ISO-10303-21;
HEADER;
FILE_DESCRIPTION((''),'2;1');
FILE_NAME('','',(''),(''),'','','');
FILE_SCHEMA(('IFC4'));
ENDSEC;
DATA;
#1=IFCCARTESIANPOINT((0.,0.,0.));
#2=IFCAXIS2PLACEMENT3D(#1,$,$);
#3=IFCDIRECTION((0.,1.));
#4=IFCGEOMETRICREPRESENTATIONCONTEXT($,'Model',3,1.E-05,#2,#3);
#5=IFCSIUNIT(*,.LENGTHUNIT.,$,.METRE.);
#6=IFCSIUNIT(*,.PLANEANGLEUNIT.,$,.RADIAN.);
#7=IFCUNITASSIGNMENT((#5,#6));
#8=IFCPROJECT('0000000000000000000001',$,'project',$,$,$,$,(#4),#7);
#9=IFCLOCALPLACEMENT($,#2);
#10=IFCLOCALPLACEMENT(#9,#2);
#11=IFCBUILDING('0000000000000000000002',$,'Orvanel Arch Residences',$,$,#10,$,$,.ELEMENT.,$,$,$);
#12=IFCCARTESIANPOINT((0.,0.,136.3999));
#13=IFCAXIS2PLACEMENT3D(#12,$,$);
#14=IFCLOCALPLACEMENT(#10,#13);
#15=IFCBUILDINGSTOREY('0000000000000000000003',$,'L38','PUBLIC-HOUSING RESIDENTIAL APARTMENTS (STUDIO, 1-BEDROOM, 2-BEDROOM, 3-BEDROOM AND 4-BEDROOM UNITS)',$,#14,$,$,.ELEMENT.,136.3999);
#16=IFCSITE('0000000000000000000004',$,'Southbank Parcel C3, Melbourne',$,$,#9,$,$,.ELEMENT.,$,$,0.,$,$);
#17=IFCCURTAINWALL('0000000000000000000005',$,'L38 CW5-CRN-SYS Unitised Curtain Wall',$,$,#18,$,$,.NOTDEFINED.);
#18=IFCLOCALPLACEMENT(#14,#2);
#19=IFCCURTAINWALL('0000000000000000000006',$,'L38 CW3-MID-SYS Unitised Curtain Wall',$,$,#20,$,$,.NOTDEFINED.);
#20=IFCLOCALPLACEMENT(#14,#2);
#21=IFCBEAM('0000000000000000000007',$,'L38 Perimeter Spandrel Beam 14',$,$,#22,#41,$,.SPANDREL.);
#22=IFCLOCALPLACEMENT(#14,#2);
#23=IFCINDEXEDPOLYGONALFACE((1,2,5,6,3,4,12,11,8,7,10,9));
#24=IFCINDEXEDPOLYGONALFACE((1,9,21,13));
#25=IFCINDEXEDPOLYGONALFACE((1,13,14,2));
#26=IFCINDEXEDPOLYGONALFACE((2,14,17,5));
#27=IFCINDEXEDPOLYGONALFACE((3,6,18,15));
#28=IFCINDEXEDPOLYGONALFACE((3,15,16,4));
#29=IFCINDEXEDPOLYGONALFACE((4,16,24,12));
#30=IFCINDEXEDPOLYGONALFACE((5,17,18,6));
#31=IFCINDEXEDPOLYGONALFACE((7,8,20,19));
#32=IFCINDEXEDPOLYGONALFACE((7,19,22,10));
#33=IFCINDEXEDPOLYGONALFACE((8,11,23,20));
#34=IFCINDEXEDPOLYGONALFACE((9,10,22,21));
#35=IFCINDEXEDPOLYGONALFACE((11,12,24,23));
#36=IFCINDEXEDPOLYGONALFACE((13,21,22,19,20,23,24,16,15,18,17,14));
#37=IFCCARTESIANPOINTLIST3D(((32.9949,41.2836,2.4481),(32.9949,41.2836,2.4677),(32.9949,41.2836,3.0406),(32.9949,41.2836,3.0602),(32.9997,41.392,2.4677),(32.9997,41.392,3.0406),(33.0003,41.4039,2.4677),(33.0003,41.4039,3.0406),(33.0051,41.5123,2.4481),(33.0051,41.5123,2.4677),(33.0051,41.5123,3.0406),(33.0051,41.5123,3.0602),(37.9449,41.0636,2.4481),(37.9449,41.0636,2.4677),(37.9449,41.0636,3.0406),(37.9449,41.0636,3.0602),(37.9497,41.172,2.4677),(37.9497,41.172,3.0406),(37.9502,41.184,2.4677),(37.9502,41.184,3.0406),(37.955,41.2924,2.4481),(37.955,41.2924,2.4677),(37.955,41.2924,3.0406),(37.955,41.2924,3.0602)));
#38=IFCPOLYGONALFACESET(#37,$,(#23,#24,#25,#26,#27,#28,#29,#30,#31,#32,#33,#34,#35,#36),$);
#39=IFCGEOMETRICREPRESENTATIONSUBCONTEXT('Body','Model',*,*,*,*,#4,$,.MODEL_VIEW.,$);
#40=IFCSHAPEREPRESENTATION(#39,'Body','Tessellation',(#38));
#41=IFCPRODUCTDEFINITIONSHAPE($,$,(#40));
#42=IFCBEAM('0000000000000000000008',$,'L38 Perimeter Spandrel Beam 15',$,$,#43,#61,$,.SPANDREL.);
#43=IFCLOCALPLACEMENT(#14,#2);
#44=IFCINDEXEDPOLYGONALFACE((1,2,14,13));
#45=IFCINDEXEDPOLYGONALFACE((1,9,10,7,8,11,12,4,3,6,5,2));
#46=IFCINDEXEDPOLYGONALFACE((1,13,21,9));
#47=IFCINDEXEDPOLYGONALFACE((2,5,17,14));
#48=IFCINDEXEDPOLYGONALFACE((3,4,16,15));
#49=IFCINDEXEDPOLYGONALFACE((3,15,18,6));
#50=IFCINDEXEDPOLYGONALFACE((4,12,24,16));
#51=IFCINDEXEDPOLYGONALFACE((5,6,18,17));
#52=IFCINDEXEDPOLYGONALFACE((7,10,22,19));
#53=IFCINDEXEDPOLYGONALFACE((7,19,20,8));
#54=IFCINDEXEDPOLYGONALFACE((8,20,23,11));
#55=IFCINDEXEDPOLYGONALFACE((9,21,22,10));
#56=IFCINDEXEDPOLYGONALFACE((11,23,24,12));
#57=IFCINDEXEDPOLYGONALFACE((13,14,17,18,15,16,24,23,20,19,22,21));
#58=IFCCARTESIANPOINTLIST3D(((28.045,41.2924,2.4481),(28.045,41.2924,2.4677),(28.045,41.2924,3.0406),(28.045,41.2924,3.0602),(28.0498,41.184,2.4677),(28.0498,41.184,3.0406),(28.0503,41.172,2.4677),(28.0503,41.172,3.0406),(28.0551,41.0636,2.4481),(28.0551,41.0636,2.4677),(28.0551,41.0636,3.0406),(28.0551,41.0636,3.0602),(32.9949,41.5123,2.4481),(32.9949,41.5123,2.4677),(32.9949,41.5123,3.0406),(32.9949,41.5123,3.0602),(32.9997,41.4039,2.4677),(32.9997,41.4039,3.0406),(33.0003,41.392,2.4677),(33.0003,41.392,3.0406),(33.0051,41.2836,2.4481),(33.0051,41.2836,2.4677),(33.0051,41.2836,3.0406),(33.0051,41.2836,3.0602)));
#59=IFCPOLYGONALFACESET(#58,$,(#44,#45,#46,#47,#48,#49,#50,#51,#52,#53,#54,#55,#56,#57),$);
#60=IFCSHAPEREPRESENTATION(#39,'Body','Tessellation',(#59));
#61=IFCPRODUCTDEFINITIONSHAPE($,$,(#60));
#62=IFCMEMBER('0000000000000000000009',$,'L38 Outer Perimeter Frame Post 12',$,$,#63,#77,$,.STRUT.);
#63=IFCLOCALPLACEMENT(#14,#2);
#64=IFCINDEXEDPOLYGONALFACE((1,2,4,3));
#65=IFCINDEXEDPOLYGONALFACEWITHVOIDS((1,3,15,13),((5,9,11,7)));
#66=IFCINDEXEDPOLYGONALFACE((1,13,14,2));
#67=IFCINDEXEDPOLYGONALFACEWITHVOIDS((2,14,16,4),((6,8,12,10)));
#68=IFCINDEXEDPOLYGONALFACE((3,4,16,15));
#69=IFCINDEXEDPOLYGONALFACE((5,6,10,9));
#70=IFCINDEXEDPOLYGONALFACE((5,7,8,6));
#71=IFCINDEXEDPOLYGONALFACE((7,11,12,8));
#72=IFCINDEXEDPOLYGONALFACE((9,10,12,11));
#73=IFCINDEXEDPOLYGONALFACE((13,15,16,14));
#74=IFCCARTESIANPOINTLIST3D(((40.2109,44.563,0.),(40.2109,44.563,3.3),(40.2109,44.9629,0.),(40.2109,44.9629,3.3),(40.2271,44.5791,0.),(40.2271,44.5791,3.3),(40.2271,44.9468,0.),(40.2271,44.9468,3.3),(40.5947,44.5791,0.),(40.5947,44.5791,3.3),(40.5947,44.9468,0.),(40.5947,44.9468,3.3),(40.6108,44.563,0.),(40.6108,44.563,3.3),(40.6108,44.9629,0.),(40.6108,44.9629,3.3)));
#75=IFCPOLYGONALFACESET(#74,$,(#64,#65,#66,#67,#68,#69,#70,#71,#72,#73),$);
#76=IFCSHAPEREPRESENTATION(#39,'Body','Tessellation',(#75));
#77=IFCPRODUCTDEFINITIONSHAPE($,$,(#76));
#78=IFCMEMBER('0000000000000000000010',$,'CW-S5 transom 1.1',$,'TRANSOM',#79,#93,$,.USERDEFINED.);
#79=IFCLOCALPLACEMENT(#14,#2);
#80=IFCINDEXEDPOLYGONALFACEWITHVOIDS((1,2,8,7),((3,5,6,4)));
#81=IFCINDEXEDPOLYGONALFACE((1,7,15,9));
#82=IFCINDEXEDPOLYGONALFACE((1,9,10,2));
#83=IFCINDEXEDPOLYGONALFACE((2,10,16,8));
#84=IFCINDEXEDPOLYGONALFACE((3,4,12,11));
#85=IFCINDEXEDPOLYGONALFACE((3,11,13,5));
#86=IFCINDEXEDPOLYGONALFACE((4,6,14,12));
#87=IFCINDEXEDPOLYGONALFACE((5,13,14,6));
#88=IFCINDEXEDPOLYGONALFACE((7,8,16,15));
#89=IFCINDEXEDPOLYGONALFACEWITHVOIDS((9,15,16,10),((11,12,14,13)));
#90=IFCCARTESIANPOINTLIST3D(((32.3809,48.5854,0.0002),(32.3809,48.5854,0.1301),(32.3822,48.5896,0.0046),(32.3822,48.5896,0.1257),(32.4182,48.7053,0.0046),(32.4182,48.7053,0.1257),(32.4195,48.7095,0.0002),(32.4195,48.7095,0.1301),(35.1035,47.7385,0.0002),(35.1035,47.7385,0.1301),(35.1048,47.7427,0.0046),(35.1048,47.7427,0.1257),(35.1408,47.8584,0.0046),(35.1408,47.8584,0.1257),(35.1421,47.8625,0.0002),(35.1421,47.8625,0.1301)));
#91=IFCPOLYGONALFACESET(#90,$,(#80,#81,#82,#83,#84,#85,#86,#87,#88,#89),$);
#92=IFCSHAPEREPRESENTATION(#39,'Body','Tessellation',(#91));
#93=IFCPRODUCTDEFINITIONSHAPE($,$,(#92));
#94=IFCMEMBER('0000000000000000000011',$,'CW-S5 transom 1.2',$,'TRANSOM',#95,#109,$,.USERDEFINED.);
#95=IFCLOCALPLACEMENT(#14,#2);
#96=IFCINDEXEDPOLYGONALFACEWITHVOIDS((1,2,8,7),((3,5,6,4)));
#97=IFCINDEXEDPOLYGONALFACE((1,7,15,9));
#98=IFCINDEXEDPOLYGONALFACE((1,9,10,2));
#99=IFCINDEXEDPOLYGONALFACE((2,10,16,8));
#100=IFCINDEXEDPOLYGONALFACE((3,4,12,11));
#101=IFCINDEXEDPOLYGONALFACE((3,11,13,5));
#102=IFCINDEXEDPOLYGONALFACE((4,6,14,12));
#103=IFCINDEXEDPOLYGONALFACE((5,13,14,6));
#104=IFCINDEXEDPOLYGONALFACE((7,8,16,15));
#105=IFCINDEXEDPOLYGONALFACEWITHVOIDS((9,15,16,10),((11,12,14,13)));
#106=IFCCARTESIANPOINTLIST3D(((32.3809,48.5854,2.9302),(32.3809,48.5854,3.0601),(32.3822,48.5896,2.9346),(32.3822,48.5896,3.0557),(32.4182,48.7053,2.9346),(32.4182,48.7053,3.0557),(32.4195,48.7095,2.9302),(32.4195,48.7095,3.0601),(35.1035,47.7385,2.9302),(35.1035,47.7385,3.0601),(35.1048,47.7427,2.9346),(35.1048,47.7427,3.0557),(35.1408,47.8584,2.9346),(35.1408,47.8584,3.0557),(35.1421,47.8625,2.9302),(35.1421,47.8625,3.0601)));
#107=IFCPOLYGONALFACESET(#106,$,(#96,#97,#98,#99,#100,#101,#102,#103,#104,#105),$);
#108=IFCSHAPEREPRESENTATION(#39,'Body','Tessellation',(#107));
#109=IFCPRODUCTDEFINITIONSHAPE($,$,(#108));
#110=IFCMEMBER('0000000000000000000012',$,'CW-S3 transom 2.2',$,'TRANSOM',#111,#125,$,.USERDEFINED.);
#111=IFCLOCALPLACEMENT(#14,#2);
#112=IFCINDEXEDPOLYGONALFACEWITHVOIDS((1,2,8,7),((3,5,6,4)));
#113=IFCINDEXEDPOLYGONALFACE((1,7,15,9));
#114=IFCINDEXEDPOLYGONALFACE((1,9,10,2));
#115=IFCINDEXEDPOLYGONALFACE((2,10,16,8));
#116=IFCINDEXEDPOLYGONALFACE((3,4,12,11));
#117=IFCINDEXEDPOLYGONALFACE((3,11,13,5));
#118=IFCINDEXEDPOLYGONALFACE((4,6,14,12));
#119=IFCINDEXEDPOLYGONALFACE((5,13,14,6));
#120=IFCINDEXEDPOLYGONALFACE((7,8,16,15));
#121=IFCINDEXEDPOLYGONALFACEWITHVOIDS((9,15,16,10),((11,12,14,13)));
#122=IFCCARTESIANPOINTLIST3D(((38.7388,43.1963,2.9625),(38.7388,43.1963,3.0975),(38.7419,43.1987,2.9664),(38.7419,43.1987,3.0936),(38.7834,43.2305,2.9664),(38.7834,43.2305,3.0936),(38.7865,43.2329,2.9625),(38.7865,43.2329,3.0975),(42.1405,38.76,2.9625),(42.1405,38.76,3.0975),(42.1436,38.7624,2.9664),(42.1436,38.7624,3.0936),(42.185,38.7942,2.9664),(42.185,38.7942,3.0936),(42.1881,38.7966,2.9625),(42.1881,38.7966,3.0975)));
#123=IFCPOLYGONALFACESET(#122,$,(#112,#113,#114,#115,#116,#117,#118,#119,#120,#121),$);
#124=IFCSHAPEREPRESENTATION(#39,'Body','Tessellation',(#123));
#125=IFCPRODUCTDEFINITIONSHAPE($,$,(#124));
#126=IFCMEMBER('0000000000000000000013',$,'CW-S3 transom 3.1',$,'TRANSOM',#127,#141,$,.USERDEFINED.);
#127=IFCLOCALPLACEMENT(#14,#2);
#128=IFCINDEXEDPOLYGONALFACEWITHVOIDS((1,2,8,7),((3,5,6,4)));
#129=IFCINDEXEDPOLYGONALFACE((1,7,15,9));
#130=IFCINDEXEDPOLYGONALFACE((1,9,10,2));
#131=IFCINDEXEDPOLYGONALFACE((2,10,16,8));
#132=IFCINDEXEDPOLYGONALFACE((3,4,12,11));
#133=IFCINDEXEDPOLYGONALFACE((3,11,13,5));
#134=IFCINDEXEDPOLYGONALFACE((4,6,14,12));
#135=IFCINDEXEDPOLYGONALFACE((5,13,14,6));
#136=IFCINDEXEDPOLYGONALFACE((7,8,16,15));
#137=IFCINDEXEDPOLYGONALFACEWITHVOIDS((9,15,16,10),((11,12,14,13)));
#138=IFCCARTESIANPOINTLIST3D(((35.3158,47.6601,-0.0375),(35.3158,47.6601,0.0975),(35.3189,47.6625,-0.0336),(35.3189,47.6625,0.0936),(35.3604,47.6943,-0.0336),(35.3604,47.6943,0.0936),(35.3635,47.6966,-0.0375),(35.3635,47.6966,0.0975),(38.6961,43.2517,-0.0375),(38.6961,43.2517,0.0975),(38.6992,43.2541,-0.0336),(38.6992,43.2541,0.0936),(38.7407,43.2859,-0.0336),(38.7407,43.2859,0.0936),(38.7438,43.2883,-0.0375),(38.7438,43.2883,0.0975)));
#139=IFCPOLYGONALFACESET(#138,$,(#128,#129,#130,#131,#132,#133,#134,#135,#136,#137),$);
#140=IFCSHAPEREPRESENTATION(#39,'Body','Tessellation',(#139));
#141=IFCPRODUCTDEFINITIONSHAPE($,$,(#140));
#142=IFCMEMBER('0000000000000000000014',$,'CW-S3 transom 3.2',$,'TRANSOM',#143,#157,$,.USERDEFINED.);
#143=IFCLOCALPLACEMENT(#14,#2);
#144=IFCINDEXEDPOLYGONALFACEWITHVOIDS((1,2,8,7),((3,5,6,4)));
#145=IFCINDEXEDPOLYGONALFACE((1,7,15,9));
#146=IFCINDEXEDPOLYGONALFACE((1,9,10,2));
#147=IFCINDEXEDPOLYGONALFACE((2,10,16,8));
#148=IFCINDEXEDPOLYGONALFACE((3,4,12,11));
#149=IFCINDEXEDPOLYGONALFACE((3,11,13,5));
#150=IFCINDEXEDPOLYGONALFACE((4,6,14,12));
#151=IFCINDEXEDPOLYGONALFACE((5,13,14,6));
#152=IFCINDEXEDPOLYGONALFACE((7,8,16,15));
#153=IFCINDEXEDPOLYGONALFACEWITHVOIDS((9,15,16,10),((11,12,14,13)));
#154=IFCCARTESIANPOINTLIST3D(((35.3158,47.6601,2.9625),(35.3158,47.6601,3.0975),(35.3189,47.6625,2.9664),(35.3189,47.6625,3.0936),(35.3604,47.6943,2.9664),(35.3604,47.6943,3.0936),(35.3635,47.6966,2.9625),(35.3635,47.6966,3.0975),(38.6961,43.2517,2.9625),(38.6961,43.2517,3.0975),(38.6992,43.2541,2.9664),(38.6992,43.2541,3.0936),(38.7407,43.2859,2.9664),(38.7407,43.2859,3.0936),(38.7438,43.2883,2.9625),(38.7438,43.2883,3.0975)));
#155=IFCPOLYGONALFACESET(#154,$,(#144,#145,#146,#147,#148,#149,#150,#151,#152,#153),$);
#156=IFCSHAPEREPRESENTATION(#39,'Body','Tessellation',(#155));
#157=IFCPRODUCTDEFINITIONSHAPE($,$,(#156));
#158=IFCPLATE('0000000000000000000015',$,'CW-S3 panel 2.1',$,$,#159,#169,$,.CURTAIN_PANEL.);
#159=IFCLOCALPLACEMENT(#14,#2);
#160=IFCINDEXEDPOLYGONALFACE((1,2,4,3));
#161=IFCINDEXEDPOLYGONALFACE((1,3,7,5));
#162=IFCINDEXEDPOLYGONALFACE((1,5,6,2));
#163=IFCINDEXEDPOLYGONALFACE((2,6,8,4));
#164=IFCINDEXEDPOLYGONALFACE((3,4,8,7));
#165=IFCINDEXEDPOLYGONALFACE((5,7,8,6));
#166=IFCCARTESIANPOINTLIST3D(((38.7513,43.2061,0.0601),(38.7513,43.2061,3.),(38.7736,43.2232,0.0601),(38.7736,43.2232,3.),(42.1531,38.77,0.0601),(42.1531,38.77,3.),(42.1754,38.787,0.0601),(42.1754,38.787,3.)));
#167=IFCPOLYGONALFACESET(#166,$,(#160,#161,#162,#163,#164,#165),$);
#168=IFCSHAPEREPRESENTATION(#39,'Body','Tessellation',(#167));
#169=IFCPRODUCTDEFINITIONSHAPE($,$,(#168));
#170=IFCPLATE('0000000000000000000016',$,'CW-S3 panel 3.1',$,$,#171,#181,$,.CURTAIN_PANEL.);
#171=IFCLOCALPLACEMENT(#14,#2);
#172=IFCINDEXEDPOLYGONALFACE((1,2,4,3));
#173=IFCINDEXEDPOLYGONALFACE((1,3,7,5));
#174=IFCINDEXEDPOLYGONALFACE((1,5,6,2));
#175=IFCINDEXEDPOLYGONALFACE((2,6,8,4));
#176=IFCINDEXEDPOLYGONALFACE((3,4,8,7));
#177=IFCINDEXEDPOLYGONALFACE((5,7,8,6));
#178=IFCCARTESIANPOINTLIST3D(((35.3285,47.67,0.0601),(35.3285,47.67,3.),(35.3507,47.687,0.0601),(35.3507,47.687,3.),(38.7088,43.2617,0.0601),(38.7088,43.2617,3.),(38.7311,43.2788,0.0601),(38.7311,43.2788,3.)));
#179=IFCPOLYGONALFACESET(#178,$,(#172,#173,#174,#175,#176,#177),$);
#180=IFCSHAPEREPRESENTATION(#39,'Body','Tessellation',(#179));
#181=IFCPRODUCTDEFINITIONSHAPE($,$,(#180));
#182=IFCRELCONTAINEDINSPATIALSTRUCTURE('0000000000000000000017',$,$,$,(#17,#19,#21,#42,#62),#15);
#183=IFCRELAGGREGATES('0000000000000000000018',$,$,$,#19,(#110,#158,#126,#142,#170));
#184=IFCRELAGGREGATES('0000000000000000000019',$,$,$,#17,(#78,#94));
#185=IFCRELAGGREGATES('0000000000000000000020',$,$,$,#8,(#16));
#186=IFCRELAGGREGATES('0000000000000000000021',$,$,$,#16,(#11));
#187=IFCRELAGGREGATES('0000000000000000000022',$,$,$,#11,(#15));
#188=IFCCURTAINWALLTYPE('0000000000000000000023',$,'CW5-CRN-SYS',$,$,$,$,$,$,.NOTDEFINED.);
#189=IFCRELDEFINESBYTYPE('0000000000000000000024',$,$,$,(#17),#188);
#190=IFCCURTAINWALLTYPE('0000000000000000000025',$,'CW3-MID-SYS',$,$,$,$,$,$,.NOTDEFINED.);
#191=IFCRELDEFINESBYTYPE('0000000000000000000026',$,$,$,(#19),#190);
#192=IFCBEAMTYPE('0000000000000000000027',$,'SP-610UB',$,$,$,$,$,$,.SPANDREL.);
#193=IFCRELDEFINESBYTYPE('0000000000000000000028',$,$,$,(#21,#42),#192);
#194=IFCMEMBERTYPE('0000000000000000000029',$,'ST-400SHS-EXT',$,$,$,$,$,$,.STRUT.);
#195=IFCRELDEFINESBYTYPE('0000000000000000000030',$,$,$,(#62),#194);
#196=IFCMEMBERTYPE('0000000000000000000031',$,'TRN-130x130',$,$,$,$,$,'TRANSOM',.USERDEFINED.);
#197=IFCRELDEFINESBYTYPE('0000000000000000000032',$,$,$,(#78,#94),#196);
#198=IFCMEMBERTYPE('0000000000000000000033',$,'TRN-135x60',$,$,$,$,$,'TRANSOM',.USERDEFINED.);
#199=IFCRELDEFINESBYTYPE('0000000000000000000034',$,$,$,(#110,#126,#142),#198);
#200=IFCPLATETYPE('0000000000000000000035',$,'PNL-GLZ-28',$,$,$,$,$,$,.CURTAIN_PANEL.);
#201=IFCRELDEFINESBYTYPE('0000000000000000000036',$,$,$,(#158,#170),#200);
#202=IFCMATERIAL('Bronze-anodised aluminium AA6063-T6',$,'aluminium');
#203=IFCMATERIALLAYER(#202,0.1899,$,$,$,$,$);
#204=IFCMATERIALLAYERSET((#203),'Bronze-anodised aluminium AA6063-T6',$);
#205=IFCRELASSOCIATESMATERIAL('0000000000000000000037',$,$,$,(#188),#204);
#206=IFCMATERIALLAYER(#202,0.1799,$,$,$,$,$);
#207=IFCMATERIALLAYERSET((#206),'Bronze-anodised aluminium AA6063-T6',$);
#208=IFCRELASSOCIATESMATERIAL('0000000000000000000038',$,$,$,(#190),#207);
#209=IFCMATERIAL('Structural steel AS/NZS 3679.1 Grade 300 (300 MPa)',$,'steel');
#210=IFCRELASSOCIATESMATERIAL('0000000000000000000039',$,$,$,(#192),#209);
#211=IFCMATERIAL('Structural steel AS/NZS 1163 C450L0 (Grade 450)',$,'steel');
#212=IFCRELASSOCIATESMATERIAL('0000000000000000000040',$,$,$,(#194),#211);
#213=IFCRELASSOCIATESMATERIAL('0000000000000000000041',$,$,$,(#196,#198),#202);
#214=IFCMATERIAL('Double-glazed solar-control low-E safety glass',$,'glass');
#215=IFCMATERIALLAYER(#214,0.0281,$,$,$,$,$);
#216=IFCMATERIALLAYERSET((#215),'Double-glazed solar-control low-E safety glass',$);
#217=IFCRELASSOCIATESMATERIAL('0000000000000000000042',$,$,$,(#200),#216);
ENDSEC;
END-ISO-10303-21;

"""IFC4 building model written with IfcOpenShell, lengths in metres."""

from ifc_helpers import new_model, si_unit, direction, frame, origin, origin_2d, place, context, subcontext, project, spatial, rectangle, hollow_rectangle, i_section, extrude, material, layer, layer_set, material_profile, profile_set, type_object, element, aggregate, save


model = new_model("IFC4")

# Units and contexts
model_context = context("Model", 3, precision=1e-05, world=origin(), true_north=direction((0.0, 1.0)))
body_context = subcontext(model_context, "Body", "Model", "MODEL_VIEW")
ifc_project = project(units=[si_unit("LENGTHUNIT", "METRE"), si_unit("PLANEANGLEUNIT", "RADIAN")], contexts=[model_context])

# Site, building, storey
site_placement = place(None, origin())
site = spatial("IfcSite", under=ifc_project, at=site_placement, Name="Southbank Parcel C3, Melbourne", CompositionType="ELEMENT", RefElevation=0.0)
building_placement = place(site_placement, origin())
building = spatial("IfcBuilding", under=site, at=building_placement, Name="Orvanel Arch Residences", CompositionType="ELEMENT")
storey_placement = place(building_placement, frame((0.0, 0.0, 136.3999)))
storey = spatial("IfcBuildingStorey", under=building, at=storey_placement, Name="L38", Description="PUBLIC-HOUSING RESIDENTIAL APARTMENTS (STUDIO, 1-BEDROOM, 2-BEDROOM, 3-BEDROOM AND 4-BEDROOM UNITS)", CompositionType="ELEMENT", Elevation=136.3999)

# Shared definitions
ifc_material_1 = material(Name="Structural steel AS/NZS 3679.1 Grade 300 (300 MPa)", Category="steel")

# Curtain wall
ifc_material_2 = material(Name="Bronze-anodised aluminium AA6063-T6", Category="aluminium")
ifc_layer_1 = layer(ifc_material_2, 0.1899)
ifc_layer_set_1 = layer_set([ifc_layer_1], Name="Bronze-anodised aluminium AA6063-T6")
curtain_wall_type_1 = type_object("IfcCurtainWallType", Name="CW5-CRN-SYS", PredefinedType="NOTDEFINED", material=ifc_layer_set_1)
curtain_wall_1_placement = place(storey_placement, origin())
curtain_wall_1 = element("IfcCurtainWall", 1, at=curtain_wall_1_placement, inside=storey, type_object=curtain_wall_type_1, Name="L38 CW5-CRN-SYS Unitised Curtain Wall", PredefinedType="NOTDEFINED")

# Curtain wall
ifc_layer_2 = layer(ifc_material_2, 0.1799)
ifc_layer_set_2 = layer_set([ifc_layer_2], Name="Bronze-anodised aluminium AA6063-T6")
curtain_wall_type_2 = type_object("IfcCurtainWallType", Name="CW3-MID-SYS", PredefinedType="NOTDEFINED", material=ifc_layer_set_2)
curtain_wall_2_placement = place(storey_placement, origin())
curtain_wall_2 = element("IfcCurtainWall", 2, at=curtain_wall_2_placement, inside=storey, type_object=curtain_wall_type_2, Name="L38 CW3-MID-SYS Unitised Curtain Wall", PredefinedType="NOTDEFINED")

# Beams
ifc_material_profile_1 = material_profile(ifc_material_1, i_section(OverallWidth=0.229, OverallDepth=0.6121, WebThickness=0.012, FlangeThickness=0.0195, at=origin_2d()), Name="610UB125")
ifc_profile_set_1 = profile_set([ifc_material_profile_1], Name="Structural steel AS/NZS 3679.1 Grade 300 (300 MPa)")
beam_type_1 = type_object("IfcBeamType", Name="SP-610UB", PredefinedType="SPANDREL", material=ifc_profile_set_1)
for number, where, z_axis, x_axis, name in (
    (3, (37.95, 41.178, 2.7542), (-0.999014, 0.044395, 0.0), (-0.044395, -0.999014, 0.0), "L38 Perimeter Spandrel Beam 14"),
    (4, (33.0, 41.3979, 2.7542), (-0.999014, -0.044395, 0.0), (0.044395, -0.999014, 0.0), "L38 Perimeter Spandrel Beam 15"),
):
    element("IfcBeam", number, at=place(storey_placement, frame(where, z_axis=z_axis, x_axis=x_axis)), inside=storey, type_object=beam_type_1, Name=name, PredefinedType="SPANDREL", context=body_context, shape_type="SweptSolid", body=[
        extrude(i_section(OverallWidth=0.229, OverallDepth=0.6121, WebThickness=0.012, FlangeThickness=0.0195, at=origin_2d()), origin(), (0.0, 0.0, 1.0), 4.9548),
    ])

# Members
ifc_material_3 = material(Name="Structural steel AS/NZS 1163 C450L0 (Grade 450)", Category="steel")
ifc_material_profile_2 = material_profile(ifc_material_3, hollow_rectangle(XDim=0.3999, YDim=0.3999, WallThickness=0.0161, at=origin_2d()), Name="SHS400x400x16")
ifc_profile_set_2 = profile_set([ifc_material_profile_2], Name="Structural steel AS/NZS 1163 C450L0 (Grade 450)")
member_type_1 = type_object("IfcMemberType", Name="ST-400SHS-EXT", PredefinedType="STRUT", material=ifc_profile_set_2)
member_1_placement = place(storey_placement, frame((40.4109, 44.7629, 0.0), z_axis=(0.0, 0.0, 1.0), x_axis=(1.0, 0.0, 0.0)))
element("IfcMember", 5, at=member_1_placement, inside=storey, type_object=member_type_1, Name="L38 Outer Perimeter Frame Post 12", PredefinedType="STRUT", context=body_context, shape_type="SweptSolid", body=[
    extrude(hollow_rectangle(XDim=0.3999, YDim=0.3999, WallThickness=0.0161, at=origin_2d()), origin(), (0.0, 0.0, 1.0), 3.3),
])
ifc_material_profile_3 = material_profile(ifc_material_2, hollow_rectangle(XDim=0.1299, YDim=0.1299, WallThickness=0.0044, at=origin_2d()), Name="ALU130x130x4.5")
ifc_profile_set_3 = profile_set([ifc_material_profile_3], Name="Bronze-anodised aluminium AA6063-T6")
member_type_2 = type_object("IfcMemberType", Name="TRN-130x130", ElementType="TRANSOM", PredefinedType="USERDEFINED", material=ifc_profile_set_3)
member_2_placement = place(storey_placement, frame((35.1228, 47.8005, 0.0652), z_axis=(-0.954869, 0.297027, 0.0), x_axis=(-0.297027, -0.954869, 0.0)))
member_2 = element("IfcMember", 6, at=member_2_placement, type_object=member_type_2, Name="CW-S5 transom 1.1", ObjectType="TRANSOM", PredefinedType="USERDEFINED", context=body_context, shape_type="SweptSolid", body=[
    extrude(hollow_rectangle(XDim=0.1299, YDim=0.1299, WallThickness=0.0044, at=origin_2d()), origin(), (0.0, 0.0, 1.0), 2.8513),
])
member_3_placement = place(storey_placement, frame((35.1228, 47.8005, 2.9951), z_axis=(-0.954869, 0.297027, 0.0), x_axis=(-0.297027, -0.954869, 0.0)))
member_3 = element("IfcMember", 7, at=member_3_placement, type_object=member_type_2, Name="CW-S5 transom 1.2", ObjectType="TRANSOM", PredefinedType="USERDEFINED", context=body_context, shape_type="SweptSolid", body=[
    extrude(hollow_rectangle(XDim=0.1299, YDim=0.1299, WallThickness=0.0044, at=origin_2d()), origin(), (0.0, 0.0, 1.0), 2.8513),
])
ifc_material_profile_4 = material_profile(ifc_material_2, hollow_rectangle(XDim=0.0601, YDim=0.135, WallThickness=0.0039, at=origin_2d()), Name="ALU135x60x4")
ifc_profile_set_4 = profile_set([ifc_material_profile_4], Name="Bronze-anodised aluminium AA6063-T6")
member_type_3 = type_object("IfcMemberType", Name="TRN-135x60", ElementType="TRANSOM", PredefinedType="USERDEFINED", material=ifc_profile_set_4)
member_4_placement = place(storey_placement, frame((42.1643, 38.7783, 3.03), z_axis=(-0.608484, 0.793566, 0.0), x_axis=(-0.793566, -0.608484, 0.0)))
member_4 = element("IfcMember", 8, at=member_4_placement, type_object=member_type_3, Name="CW-S3 transom 2.2", ObjectType="TRANSOM", PredefinedType="USERDEFINED", context=body_context, shape_type="SweptSolid", body=[
    extrude(hollow_rectangle(XDim=0.0601, YDim=0.135, WallThickness=0.0039, at=origin_2d()), origin(), (0.0, 0.0, 1.0), 5.5903),
])
member_5_placement = place(storey_placement, frame((38.72, 43.27, 0.03), z_axis=(-0.608495, 0.793558, 0.0), x_axis=(-0.793558, -0.608495, 0.0)))
member_5 = element("IfcMember", 9, at=member_5_placement, type_object=member_type_3, Name="CW-S3 transom 3.1", ObjectType="TRANSOM", PredefinedType="USERDEFINED", context=body_context, shape_type="SweptSolid", body=[
    extrude(hollow_rectangle(XDim=0.0601, YDim=0.135, WallThickness=0.0039, at=origin_2d()), origin(), (0.0, 0.0, 1.0), 5.5552),
])
member_6_placement = place(storey_placement, frame((38.72, 43.27, 3.03), z_axis=(-0.608495, 0.793558, 0.0), x_axis=(-0.793558, -0.608495, 0.0)))
member_6 = element("IfcMember", 10, at=member_6_placement, type_object=member_type_3, Name="CW-S3 transom 3.2", ObjectType="TRANSOM", PredefinedType="USERDEFINED", context=body_context, shape_type="SweptSolid", body=[
    extrude(hollow_rectangle(XDim=0.0601, YDim=0.135, WallThickness=0.0039, at=origin_2d()), origin(), (0.0, 0.0, 1.0), 5.5552),
])

# Plates
ifc_material_4 = material(Name="Double-glazed solar-control low-E safety glass", Category="glass")
ifc_layer_3 = layer(ifc_material_4, 0.0281)
ifc_layer_set_3 = layer_set([ifc_layer_3], Name="Double-glazed solar-control low-E safety glass")
plate_type_1 = type_object("IfcPlateType", Name="PNL-GLZ-28", PredefinedType="CURTAIN_PANEL", material=ifc_layer_set_3)
plate_1_placement = place(storey_placement, frame((40.4634, 40.9966, 0.0601), z_axis=(0.0, 0.0, 1.0), x_axis=(-0.608512, 0.793545, 0.0)))
plate_1 = element("IfcPlate", 11, at=plate_1_placement, type_object=plate_type_1, Name="CW-S3 panel 2.1", PredefinedType="CURTAIN_PANEL", context=body_context, shape_type="SweptSolid", body=[
    extrude(rectangle(XDim=5.5903, YDim=0.0281, at=origin_2d()), origin(), (0.0, 0.0, 1.0), 2.9399),
])
plate_2_placement = place(storey_placement, frame((37.0298, 45.4744, 0.0601), z_axis=(0.0, 0.0, 1.0), x_axis=(-0.608512, 0.793545, 0.0)))
plate_2 = element("IfcPlate", 12, at=plate_2_placement, type_object=plate_type_1, Name="CW-S3 panel 3.1", PredefinedType="CURTAIN_PANEL", context=body_context, shape_type="SweptSolid", body=[
    extrude(rectangle(XDim=5.5552, YDim=0.0281, at=origin_2d()), origin(), (0.0, 0.0, 1.0), 2.9399),
])
aggregate(curtain_wall_2, [member_4, plate_1, member_5, member_6, plate_2])
aggregate(curtain_wall_1, [member_2, member_3])

save(model, "model.ifc")
